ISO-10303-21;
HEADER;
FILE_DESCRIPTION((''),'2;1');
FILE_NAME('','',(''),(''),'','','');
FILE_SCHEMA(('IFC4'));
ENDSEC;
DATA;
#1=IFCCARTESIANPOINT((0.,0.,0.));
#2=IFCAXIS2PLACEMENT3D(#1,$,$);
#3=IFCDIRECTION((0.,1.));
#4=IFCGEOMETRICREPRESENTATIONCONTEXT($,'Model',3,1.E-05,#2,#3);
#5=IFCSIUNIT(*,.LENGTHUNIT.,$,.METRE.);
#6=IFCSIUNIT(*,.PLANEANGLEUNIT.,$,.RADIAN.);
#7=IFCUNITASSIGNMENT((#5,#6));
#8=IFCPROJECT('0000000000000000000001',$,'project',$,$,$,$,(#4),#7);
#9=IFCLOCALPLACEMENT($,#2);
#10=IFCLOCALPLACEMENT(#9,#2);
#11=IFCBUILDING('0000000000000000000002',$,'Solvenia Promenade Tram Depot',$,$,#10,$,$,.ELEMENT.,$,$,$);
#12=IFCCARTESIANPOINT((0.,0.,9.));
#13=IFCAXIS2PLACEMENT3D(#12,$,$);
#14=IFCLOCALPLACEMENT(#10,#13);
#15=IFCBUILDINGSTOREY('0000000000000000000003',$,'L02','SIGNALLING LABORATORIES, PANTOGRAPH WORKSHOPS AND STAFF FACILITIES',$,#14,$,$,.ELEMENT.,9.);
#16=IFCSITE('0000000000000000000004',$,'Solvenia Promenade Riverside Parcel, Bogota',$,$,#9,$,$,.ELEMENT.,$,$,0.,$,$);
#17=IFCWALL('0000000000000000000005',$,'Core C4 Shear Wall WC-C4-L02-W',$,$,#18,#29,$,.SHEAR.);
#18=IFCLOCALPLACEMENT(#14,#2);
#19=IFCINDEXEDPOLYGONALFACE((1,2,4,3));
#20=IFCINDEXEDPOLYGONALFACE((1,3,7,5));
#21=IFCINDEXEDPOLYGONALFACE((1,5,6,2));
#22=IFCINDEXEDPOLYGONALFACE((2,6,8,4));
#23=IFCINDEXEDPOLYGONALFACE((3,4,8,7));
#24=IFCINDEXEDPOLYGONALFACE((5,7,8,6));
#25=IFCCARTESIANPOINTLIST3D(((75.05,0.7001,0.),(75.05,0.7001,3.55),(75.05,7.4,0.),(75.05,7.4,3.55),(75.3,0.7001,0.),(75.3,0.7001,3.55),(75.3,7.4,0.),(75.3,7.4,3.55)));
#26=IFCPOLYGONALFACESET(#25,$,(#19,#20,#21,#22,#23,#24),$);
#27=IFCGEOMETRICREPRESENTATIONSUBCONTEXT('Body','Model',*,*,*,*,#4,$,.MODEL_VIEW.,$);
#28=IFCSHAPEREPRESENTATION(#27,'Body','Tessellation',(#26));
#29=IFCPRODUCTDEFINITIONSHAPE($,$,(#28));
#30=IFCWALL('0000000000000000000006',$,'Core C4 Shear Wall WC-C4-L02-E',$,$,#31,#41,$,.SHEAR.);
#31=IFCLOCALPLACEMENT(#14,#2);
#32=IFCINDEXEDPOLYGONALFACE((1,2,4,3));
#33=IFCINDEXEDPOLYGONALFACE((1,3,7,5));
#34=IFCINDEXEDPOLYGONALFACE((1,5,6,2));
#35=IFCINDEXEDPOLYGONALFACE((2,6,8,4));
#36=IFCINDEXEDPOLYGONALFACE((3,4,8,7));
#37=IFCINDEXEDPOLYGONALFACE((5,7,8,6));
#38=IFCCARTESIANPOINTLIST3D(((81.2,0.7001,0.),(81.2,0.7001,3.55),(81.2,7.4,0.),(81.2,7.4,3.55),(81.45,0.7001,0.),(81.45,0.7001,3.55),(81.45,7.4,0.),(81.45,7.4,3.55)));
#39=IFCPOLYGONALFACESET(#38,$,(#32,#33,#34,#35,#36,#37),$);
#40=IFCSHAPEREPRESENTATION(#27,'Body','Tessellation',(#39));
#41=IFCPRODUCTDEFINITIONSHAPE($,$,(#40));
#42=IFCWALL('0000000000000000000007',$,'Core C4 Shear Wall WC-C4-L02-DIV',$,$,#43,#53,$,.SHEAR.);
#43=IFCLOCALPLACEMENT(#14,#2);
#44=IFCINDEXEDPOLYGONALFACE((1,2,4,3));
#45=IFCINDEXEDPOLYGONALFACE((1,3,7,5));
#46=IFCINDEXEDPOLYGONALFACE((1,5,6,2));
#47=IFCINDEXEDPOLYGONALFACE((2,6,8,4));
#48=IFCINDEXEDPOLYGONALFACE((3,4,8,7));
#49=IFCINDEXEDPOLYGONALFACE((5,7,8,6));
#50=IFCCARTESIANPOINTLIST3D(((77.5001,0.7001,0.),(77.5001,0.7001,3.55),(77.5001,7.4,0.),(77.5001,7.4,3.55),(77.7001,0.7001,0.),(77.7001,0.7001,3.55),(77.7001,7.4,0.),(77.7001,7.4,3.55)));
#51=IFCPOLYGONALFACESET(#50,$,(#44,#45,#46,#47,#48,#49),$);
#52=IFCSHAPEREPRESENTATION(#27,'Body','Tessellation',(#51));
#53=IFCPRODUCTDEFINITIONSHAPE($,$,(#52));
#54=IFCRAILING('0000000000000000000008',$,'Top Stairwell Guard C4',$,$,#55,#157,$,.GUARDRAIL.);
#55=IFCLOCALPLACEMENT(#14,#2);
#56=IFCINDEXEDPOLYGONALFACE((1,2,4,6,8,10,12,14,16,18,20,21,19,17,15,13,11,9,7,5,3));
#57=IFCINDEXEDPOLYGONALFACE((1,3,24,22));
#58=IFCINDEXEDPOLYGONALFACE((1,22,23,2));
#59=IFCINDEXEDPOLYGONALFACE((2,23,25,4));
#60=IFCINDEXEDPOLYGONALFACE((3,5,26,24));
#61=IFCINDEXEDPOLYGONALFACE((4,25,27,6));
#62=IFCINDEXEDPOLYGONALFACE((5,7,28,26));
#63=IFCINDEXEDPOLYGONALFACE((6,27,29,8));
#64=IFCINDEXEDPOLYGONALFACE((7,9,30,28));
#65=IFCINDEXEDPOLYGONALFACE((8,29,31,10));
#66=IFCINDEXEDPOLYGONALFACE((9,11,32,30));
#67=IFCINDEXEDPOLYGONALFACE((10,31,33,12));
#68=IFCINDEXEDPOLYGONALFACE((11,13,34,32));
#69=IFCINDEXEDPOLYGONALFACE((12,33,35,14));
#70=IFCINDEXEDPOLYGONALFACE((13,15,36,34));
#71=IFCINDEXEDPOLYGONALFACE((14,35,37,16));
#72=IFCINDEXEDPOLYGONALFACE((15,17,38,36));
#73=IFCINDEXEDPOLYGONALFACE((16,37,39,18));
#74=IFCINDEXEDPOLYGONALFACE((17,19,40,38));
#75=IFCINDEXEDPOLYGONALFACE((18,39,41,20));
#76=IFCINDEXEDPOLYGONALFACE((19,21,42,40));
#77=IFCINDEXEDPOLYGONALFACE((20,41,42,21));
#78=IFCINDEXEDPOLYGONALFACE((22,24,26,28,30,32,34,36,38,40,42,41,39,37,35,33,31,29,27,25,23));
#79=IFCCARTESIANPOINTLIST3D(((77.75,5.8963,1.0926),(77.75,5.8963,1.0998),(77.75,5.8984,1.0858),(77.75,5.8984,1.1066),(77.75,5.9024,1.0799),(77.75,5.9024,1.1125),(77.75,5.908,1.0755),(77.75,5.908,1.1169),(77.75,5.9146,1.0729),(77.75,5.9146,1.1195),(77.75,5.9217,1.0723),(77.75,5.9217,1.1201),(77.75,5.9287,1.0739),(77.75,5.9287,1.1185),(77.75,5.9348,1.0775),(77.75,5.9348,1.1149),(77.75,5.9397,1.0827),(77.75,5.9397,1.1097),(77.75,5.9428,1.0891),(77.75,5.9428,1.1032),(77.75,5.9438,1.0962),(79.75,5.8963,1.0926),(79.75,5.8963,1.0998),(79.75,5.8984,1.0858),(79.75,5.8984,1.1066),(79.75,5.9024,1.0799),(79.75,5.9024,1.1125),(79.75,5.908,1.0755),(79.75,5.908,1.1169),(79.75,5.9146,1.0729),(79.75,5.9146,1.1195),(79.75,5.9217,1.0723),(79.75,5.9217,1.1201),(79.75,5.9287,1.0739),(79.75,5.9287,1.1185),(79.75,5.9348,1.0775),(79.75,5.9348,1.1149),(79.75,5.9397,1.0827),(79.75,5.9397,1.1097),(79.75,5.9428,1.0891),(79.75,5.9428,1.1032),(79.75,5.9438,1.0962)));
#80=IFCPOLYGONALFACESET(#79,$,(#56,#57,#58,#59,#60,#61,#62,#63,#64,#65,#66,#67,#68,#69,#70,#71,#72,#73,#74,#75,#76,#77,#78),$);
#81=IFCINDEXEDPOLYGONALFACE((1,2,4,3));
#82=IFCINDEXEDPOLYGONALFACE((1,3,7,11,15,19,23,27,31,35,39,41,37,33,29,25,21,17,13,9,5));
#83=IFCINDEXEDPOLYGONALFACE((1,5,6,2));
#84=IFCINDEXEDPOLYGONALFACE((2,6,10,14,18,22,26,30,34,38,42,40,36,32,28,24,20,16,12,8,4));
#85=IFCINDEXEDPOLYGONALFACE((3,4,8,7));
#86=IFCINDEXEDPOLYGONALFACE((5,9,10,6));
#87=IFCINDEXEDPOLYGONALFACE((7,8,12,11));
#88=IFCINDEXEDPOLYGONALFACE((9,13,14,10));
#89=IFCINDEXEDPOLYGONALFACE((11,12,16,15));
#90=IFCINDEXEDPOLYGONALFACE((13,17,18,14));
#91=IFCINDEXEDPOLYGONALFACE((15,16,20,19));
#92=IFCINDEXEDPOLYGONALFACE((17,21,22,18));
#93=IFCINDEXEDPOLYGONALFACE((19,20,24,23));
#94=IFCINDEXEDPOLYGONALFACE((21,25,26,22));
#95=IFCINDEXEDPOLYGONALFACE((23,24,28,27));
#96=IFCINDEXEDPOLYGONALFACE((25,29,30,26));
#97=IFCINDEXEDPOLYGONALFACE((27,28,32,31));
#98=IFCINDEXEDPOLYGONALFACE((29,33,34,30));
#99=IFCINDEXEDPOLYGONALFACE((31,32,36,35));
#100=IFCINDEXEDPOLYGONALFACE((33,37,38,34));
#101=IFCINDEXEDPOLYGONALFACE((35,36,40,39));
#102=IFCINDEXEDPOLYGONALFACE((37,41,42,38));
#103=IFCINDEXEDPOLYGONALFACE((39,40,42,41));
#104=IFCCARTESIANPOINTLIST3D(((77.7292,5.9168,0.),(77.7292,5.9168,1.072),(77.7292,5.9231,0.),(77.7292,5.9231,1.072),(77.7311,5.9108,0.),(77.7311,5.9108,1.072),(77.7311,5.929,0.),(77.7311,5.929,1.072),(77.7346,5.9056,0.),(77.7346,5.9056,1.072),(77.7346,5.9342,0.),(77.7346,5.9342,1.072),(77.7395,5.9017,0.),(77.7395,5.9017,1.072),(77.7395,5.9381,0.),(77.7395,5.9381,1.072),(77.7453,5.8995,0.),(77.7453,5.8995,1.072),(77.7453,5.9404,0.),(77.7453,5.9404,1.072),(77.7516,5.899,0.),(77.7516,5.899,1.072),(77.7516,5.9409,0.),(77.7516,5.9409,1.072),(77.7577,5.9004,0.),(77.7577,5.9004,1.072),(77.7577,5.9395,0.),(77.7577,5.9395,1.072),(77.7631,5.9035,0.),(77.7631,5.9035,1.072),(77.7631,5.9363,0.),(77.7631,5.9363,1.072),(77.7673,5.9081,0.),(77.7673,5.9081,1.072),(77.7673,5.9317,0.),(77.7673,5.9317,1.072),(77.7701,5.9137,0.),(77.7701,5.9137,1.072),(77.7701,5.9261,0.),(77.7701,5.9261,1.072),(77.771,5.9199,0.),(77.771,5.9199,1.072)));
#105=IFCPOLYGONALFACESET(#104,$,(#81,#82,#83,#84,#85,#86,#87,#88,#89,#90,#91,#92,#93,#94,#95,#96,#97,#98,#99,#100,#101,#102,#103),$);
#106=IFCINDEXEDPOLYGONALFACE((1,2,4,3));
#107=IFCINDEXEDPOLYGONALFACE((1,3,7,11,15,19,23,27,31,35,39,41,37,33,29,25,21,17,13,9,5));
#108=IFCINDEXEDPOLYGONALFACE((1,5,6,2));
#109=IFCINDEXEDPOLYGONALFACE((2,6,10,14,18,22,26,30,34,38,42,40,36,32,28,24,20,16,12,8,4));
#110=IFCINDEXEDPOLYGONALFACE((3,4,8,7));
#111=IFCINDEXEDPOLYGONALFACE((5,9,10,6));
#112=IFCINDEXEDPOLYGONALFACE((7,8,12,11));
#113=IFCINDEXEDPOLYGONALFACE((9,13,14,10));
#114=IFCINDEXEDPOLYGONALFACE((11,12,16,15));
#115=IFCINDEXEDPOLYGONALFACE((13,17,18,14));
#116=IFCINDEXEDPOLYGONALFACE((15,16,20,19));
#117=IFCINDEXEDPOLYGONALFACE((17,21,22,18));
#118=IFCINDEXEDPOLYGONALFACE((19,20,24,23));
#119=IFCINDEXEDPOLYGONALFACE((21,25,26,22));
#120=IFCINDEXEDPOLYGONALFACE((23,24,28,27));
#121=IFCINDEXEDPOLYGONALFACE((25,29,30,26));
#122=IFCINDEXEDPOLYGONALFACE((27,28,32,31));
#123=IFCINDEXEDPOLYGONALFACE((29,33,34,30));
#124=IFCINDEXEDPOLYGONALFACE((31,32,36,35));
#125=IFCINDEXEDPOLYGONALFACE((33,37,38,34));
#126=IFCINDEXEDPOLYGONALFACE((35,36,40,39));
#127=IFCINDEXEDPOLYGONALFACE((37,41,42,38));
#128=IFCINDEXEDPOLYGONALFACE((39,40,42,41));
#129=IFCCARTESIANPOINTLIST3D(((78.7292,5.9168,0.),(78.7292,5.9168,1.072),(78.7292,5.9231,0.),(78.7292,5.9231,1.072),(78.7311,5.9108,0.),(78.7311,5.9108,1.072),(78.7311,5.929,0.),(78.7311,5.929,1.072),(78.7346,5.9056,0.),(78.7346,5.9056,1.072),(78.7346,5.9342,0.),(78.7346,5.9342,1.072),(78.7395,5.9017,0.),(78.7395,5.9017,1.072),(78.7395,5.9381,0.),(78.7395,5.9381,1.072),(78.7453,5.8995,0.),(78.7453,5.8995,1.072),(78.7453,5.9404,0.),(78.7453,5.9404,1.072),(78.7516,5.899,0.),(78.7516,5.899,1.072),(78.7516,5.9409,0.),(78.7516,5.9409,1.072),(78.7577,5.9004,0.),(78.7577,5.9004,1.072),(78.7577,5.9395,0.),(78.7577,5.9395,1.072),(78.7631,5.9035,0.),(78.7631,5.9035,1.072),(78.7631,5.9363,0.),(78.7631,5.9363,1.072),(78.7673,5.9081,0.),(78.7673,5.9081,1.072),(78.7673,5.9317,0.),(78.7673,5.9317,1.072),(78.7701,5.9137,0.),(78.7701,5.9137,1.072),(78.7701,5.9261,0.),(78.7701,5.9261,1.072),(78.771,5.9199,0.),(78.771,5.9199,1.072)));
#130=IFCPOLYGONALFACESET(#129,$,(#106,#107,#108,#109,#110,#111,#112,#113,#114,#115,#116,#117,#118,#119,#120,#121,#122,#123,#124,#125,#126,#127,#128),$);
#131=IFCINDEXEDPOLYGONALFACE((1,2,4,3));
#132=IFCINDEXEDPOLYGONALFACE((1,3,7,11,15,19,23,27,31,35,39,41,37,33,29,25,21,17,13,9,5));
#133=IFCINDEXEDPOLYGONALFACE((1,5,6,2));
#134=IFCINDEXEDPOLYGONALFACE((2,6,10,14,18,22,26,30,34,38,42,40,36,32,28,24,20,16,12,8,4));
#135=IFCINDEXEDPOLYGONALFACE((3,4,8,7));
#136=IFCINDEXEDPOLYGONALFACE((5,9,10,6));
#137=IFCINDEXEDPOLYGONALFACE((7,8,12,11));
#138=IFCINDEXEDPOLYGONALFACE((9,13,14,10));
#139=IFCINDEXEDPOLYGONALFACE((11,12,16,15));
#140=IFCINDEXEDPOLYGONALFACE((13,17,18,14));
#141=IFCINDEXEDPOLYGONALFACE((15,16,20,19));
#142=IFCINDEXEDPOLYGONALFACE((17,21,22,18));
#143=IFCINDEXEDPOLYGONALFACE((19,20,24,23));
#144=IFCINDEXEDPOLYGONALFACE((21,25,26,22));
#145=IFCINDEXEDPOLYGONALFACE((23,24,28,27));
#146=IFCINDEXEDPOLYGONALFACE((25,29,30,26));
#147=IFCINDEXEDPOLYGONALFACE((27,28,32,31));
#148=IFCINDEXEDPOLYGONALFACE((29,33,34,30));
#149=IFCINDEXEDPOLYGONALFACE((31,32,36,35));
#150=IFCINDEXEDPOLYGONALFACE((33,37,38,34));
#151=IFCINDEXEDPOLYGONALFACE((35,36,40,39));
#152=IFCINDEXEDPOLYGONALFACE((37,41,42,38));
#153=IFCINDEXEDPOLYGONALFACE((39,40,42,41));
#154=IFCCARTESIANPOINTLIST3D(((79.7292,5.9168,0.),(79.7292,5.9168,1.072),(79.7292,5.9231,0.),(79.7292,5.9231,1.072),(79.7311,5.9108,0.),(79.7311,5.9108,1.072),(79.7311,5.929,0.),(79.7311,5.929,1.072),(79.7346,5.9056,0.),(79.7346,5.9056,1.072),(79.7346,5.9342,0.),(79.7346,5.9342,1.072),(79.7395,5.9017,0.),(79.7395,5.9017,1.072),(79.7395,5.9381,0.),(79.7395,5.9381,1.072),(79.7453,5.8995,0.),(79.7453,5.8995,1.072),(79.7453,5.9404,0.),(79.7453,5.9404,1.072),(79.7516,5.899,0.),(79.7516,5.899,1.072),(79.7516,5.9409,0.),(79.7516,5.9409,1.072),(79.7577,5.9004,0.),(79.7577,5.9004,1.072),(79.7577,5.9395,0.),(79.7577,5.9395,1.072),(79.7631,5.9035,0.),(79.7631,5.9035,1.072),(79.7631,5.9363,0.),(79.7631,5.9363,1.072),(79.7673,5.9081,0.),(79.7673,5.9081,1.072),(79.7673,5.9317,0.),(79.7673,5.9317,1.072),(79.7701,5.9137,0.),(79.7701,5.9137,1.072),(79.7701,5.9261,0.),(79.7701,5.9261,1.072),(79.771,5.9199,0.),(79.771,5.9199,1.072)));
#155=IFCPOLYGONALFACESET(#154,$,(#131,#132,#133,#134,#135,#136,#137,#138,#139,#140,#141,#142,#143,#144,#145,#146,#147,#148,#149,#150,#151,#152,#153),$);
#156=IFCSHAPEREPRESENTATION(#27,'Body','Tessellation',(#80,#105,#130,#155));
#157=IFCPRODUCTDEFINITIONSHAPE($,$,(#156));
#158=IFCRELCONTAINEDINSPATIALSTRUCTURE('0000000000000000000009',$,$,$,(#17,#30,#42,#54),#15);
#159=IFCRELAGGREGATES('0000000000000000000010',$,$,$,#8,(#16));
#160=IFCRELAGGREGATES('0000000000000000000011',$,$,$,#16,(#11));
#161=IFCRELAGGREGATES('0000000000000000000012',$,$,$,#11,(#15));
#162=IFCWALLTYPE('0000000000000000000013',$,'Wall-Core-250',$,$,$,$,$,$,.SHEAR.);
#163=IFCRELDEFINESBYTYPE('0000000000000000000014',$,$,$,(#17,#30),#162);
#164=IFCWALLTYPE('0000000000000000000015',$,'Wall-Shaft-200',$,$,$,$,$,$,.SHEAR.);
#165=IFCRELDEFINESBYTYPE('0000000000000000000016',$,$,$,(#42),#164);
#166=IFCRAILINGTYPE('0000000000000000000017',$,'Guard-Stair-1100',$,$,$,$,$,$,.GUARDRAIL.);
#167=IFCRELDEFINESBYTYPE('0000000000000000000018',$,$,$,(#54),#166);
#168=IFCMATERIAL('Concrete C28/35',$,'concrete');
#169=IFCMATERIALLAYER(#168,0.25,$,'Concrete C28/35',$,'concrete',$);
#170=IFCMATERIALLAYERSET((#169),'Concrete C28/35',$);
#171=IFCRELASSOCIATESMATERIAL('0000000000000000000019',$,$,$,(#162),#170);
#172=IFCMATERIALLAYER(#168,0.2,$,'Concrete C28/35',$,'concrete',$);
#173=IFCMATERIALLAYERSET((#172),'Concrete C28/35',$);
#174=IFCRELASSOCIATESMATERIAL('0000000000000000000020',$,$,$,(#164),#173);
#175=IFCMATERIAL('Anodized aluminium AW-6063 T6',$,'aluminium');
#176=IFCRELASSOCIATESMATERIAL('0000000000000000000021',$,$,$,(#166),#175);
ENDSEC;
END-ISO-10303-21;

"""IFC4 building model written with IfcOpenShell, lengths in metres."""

from ifc_helpers import new_model, si_unit, direction, frame, frame_2d, origin, origin_2d, place, context, subcontext, project, spatial, rectangle, circle, extrude, material, layer, layer_set, type_object, element, save


model = new_model("IFC4")

# Units and contexts
model_context = context("Model", 3, precision=1e-05, world=origin(), true_north=direction((0.0, 1.0)))
body_context = subcontext(model_context, "Body", "Model", "MODEL_VIEW")
ifc_project = project(units=[si_unit("LENGTHUNIT", "METRE"), si_unit("PLANEANGLEUNIT", "RADIAN")], contexts=[model_context])

# Site, building, storey
site_placement = place(None, origin())
site = spatial("IfcSite", under=ifc_project, at=site_placement, Name="Solvenia Promenade Riverside Parcel, Bogota", CompositionType="ELEMENT", RefElevation=0.0)
building_placement = place(site_placement, origin())
building = spatial("IfcBuilding", under=site, at=building_placement, Name="Solvenia Promenade Tram Depot", CompositionType="ELEMENT")
storey_placement = place(building_placement, frame((0.0, 0.0, 9.0)))
storey = spatial("IfcBuildingStorey", under=building, at=storey_placement, Name="L02", Description="SIGNALLING LABORATORIES, PANTOGRAPH WORKSHOPS AND STAFF FACILITIES", CompositionType="ELEMENT", Elevation=9.0)

# Shared definitions
ifc_material_1 = material(Name="Anodized aluminium AW-6063 T6", Category="aluminium")

# Shared definitions
ifc_material_2 = material(Name="Concrete C28/35", Category="concrete")

# Walls
ifc_layer_1 = layer(ifc_material_2, 0.25, Name="Concrete C28/35", Category="concrete")
ifc_layer_set_1 = layer_set([ifc_layer_1], Name="Concrete C28/35")
wall_type_1 = type_object("IfcWallType", Name="Wall-Core-250", PredefinedType="SHEAR", material=ifc_layer_set_1)
for number, where, z_axis, x_axis, name in (
    (1, (75.175, 0.7, 0.0), (0.0, 0.0, 1.0), (0.0, 1.0, 0.0), "Core C4 Shear Wall WC-C4-L02-W"),
    (2, (81.325, 0.7, 0.0), (0.0, 0.0, 1.0), (0.0, 1.0, 0.0), "Core C4 Shear Wall WC-C4-L02-E"),
):
    element("IfcWall", number, at=place(storey_placement, frame(where, z_axis=z_axis, x_axis=x_axis)), inside=storey, type_object=wall_type_1, Name=name, PredefinedType="SHEAR", context=body_context, shape_type="SweptSolid", body=[
        extrude(rectangle(XDim=6.7, YDim=0.25, at=frame_2d((3.3501, 0.0))), origin(), (0.0, 0.0, 1.0), 3.55),
    ])
ifc_layer_2 = layer(ifc_material_2, 0.2, Name="Concrete C28/35", Category="concrete")
ifc_layer_set_2 = layer_set([ifc_layer_2], Name="Concrete C28/35")
wall_type_2 = type_object("IfcWallType", Name="Wall-Shaft-200", PredefinedType="SHEAR", material=ifc_layer_set_2)
wall_placement = place(storey_placement, frame((77.6001, 0.7, 0.0), z_axis=(0.0, 0.0, 1.0), x_axis=(0.0, 1.0, 0.0)))
element("IfcWall", 3, at=wall_placement, inside=storey, type_object=wall_type_2, Name="Core C4 Shear Wall WC-C4-L02-DIV", PredefinedType="SHEAR", context=body_context, shape_type="SweptSolid", body=[
    extrude(rectangle(XDim=6.7, YDim=0.2, at=frame_2d((3.3501, 0.0))), origin(), (0.0, 0.0, 1.0), 3.55),
])

# Railing
railing_type = type_object("IfcRailingType", Name="Guard-Stair-1100", PredefinedType="GUARDRAIL", material=ifc_material_1)
railing_placement = place(storey_placement, frame((77.75, 5.9199, 0.0)))
element("IfcRailing", 4, at=railing_placement, inside=storey, type_object=railing_type, Name="Top Stairwell Guard C4", PredefinedType="GUARDRAIL", context=body_context, shape_type="SweptSolid", body=[
    extrude(circle(Radius=0.0239, at=origin_2d()), frame((0.0, 0.0, 1.0962), z_axis=(1.0, 0.0, 0.0), x_axis=(0.0, 1.0, 0.0)), (0.0, 0.0, 1.0), 2.0),
    extrude(circle(Radius=0.021, at=origin_2d()), origin(), (0.0, 0.0, 1.0), 1.072),
    extrude(circle(Radius=0.021, at=origin_2d()), frame((1.0, 0.0, 0.0)), (0.0, 0.0, 1.0), 1.072),
    extrude(circle(Radius=0.021, at=origin_2d()), frame((2.0, 0.0, 0.0)), (0.0, 0.0, 1.0), 1.072),
])

save(model, "model.ifc")
